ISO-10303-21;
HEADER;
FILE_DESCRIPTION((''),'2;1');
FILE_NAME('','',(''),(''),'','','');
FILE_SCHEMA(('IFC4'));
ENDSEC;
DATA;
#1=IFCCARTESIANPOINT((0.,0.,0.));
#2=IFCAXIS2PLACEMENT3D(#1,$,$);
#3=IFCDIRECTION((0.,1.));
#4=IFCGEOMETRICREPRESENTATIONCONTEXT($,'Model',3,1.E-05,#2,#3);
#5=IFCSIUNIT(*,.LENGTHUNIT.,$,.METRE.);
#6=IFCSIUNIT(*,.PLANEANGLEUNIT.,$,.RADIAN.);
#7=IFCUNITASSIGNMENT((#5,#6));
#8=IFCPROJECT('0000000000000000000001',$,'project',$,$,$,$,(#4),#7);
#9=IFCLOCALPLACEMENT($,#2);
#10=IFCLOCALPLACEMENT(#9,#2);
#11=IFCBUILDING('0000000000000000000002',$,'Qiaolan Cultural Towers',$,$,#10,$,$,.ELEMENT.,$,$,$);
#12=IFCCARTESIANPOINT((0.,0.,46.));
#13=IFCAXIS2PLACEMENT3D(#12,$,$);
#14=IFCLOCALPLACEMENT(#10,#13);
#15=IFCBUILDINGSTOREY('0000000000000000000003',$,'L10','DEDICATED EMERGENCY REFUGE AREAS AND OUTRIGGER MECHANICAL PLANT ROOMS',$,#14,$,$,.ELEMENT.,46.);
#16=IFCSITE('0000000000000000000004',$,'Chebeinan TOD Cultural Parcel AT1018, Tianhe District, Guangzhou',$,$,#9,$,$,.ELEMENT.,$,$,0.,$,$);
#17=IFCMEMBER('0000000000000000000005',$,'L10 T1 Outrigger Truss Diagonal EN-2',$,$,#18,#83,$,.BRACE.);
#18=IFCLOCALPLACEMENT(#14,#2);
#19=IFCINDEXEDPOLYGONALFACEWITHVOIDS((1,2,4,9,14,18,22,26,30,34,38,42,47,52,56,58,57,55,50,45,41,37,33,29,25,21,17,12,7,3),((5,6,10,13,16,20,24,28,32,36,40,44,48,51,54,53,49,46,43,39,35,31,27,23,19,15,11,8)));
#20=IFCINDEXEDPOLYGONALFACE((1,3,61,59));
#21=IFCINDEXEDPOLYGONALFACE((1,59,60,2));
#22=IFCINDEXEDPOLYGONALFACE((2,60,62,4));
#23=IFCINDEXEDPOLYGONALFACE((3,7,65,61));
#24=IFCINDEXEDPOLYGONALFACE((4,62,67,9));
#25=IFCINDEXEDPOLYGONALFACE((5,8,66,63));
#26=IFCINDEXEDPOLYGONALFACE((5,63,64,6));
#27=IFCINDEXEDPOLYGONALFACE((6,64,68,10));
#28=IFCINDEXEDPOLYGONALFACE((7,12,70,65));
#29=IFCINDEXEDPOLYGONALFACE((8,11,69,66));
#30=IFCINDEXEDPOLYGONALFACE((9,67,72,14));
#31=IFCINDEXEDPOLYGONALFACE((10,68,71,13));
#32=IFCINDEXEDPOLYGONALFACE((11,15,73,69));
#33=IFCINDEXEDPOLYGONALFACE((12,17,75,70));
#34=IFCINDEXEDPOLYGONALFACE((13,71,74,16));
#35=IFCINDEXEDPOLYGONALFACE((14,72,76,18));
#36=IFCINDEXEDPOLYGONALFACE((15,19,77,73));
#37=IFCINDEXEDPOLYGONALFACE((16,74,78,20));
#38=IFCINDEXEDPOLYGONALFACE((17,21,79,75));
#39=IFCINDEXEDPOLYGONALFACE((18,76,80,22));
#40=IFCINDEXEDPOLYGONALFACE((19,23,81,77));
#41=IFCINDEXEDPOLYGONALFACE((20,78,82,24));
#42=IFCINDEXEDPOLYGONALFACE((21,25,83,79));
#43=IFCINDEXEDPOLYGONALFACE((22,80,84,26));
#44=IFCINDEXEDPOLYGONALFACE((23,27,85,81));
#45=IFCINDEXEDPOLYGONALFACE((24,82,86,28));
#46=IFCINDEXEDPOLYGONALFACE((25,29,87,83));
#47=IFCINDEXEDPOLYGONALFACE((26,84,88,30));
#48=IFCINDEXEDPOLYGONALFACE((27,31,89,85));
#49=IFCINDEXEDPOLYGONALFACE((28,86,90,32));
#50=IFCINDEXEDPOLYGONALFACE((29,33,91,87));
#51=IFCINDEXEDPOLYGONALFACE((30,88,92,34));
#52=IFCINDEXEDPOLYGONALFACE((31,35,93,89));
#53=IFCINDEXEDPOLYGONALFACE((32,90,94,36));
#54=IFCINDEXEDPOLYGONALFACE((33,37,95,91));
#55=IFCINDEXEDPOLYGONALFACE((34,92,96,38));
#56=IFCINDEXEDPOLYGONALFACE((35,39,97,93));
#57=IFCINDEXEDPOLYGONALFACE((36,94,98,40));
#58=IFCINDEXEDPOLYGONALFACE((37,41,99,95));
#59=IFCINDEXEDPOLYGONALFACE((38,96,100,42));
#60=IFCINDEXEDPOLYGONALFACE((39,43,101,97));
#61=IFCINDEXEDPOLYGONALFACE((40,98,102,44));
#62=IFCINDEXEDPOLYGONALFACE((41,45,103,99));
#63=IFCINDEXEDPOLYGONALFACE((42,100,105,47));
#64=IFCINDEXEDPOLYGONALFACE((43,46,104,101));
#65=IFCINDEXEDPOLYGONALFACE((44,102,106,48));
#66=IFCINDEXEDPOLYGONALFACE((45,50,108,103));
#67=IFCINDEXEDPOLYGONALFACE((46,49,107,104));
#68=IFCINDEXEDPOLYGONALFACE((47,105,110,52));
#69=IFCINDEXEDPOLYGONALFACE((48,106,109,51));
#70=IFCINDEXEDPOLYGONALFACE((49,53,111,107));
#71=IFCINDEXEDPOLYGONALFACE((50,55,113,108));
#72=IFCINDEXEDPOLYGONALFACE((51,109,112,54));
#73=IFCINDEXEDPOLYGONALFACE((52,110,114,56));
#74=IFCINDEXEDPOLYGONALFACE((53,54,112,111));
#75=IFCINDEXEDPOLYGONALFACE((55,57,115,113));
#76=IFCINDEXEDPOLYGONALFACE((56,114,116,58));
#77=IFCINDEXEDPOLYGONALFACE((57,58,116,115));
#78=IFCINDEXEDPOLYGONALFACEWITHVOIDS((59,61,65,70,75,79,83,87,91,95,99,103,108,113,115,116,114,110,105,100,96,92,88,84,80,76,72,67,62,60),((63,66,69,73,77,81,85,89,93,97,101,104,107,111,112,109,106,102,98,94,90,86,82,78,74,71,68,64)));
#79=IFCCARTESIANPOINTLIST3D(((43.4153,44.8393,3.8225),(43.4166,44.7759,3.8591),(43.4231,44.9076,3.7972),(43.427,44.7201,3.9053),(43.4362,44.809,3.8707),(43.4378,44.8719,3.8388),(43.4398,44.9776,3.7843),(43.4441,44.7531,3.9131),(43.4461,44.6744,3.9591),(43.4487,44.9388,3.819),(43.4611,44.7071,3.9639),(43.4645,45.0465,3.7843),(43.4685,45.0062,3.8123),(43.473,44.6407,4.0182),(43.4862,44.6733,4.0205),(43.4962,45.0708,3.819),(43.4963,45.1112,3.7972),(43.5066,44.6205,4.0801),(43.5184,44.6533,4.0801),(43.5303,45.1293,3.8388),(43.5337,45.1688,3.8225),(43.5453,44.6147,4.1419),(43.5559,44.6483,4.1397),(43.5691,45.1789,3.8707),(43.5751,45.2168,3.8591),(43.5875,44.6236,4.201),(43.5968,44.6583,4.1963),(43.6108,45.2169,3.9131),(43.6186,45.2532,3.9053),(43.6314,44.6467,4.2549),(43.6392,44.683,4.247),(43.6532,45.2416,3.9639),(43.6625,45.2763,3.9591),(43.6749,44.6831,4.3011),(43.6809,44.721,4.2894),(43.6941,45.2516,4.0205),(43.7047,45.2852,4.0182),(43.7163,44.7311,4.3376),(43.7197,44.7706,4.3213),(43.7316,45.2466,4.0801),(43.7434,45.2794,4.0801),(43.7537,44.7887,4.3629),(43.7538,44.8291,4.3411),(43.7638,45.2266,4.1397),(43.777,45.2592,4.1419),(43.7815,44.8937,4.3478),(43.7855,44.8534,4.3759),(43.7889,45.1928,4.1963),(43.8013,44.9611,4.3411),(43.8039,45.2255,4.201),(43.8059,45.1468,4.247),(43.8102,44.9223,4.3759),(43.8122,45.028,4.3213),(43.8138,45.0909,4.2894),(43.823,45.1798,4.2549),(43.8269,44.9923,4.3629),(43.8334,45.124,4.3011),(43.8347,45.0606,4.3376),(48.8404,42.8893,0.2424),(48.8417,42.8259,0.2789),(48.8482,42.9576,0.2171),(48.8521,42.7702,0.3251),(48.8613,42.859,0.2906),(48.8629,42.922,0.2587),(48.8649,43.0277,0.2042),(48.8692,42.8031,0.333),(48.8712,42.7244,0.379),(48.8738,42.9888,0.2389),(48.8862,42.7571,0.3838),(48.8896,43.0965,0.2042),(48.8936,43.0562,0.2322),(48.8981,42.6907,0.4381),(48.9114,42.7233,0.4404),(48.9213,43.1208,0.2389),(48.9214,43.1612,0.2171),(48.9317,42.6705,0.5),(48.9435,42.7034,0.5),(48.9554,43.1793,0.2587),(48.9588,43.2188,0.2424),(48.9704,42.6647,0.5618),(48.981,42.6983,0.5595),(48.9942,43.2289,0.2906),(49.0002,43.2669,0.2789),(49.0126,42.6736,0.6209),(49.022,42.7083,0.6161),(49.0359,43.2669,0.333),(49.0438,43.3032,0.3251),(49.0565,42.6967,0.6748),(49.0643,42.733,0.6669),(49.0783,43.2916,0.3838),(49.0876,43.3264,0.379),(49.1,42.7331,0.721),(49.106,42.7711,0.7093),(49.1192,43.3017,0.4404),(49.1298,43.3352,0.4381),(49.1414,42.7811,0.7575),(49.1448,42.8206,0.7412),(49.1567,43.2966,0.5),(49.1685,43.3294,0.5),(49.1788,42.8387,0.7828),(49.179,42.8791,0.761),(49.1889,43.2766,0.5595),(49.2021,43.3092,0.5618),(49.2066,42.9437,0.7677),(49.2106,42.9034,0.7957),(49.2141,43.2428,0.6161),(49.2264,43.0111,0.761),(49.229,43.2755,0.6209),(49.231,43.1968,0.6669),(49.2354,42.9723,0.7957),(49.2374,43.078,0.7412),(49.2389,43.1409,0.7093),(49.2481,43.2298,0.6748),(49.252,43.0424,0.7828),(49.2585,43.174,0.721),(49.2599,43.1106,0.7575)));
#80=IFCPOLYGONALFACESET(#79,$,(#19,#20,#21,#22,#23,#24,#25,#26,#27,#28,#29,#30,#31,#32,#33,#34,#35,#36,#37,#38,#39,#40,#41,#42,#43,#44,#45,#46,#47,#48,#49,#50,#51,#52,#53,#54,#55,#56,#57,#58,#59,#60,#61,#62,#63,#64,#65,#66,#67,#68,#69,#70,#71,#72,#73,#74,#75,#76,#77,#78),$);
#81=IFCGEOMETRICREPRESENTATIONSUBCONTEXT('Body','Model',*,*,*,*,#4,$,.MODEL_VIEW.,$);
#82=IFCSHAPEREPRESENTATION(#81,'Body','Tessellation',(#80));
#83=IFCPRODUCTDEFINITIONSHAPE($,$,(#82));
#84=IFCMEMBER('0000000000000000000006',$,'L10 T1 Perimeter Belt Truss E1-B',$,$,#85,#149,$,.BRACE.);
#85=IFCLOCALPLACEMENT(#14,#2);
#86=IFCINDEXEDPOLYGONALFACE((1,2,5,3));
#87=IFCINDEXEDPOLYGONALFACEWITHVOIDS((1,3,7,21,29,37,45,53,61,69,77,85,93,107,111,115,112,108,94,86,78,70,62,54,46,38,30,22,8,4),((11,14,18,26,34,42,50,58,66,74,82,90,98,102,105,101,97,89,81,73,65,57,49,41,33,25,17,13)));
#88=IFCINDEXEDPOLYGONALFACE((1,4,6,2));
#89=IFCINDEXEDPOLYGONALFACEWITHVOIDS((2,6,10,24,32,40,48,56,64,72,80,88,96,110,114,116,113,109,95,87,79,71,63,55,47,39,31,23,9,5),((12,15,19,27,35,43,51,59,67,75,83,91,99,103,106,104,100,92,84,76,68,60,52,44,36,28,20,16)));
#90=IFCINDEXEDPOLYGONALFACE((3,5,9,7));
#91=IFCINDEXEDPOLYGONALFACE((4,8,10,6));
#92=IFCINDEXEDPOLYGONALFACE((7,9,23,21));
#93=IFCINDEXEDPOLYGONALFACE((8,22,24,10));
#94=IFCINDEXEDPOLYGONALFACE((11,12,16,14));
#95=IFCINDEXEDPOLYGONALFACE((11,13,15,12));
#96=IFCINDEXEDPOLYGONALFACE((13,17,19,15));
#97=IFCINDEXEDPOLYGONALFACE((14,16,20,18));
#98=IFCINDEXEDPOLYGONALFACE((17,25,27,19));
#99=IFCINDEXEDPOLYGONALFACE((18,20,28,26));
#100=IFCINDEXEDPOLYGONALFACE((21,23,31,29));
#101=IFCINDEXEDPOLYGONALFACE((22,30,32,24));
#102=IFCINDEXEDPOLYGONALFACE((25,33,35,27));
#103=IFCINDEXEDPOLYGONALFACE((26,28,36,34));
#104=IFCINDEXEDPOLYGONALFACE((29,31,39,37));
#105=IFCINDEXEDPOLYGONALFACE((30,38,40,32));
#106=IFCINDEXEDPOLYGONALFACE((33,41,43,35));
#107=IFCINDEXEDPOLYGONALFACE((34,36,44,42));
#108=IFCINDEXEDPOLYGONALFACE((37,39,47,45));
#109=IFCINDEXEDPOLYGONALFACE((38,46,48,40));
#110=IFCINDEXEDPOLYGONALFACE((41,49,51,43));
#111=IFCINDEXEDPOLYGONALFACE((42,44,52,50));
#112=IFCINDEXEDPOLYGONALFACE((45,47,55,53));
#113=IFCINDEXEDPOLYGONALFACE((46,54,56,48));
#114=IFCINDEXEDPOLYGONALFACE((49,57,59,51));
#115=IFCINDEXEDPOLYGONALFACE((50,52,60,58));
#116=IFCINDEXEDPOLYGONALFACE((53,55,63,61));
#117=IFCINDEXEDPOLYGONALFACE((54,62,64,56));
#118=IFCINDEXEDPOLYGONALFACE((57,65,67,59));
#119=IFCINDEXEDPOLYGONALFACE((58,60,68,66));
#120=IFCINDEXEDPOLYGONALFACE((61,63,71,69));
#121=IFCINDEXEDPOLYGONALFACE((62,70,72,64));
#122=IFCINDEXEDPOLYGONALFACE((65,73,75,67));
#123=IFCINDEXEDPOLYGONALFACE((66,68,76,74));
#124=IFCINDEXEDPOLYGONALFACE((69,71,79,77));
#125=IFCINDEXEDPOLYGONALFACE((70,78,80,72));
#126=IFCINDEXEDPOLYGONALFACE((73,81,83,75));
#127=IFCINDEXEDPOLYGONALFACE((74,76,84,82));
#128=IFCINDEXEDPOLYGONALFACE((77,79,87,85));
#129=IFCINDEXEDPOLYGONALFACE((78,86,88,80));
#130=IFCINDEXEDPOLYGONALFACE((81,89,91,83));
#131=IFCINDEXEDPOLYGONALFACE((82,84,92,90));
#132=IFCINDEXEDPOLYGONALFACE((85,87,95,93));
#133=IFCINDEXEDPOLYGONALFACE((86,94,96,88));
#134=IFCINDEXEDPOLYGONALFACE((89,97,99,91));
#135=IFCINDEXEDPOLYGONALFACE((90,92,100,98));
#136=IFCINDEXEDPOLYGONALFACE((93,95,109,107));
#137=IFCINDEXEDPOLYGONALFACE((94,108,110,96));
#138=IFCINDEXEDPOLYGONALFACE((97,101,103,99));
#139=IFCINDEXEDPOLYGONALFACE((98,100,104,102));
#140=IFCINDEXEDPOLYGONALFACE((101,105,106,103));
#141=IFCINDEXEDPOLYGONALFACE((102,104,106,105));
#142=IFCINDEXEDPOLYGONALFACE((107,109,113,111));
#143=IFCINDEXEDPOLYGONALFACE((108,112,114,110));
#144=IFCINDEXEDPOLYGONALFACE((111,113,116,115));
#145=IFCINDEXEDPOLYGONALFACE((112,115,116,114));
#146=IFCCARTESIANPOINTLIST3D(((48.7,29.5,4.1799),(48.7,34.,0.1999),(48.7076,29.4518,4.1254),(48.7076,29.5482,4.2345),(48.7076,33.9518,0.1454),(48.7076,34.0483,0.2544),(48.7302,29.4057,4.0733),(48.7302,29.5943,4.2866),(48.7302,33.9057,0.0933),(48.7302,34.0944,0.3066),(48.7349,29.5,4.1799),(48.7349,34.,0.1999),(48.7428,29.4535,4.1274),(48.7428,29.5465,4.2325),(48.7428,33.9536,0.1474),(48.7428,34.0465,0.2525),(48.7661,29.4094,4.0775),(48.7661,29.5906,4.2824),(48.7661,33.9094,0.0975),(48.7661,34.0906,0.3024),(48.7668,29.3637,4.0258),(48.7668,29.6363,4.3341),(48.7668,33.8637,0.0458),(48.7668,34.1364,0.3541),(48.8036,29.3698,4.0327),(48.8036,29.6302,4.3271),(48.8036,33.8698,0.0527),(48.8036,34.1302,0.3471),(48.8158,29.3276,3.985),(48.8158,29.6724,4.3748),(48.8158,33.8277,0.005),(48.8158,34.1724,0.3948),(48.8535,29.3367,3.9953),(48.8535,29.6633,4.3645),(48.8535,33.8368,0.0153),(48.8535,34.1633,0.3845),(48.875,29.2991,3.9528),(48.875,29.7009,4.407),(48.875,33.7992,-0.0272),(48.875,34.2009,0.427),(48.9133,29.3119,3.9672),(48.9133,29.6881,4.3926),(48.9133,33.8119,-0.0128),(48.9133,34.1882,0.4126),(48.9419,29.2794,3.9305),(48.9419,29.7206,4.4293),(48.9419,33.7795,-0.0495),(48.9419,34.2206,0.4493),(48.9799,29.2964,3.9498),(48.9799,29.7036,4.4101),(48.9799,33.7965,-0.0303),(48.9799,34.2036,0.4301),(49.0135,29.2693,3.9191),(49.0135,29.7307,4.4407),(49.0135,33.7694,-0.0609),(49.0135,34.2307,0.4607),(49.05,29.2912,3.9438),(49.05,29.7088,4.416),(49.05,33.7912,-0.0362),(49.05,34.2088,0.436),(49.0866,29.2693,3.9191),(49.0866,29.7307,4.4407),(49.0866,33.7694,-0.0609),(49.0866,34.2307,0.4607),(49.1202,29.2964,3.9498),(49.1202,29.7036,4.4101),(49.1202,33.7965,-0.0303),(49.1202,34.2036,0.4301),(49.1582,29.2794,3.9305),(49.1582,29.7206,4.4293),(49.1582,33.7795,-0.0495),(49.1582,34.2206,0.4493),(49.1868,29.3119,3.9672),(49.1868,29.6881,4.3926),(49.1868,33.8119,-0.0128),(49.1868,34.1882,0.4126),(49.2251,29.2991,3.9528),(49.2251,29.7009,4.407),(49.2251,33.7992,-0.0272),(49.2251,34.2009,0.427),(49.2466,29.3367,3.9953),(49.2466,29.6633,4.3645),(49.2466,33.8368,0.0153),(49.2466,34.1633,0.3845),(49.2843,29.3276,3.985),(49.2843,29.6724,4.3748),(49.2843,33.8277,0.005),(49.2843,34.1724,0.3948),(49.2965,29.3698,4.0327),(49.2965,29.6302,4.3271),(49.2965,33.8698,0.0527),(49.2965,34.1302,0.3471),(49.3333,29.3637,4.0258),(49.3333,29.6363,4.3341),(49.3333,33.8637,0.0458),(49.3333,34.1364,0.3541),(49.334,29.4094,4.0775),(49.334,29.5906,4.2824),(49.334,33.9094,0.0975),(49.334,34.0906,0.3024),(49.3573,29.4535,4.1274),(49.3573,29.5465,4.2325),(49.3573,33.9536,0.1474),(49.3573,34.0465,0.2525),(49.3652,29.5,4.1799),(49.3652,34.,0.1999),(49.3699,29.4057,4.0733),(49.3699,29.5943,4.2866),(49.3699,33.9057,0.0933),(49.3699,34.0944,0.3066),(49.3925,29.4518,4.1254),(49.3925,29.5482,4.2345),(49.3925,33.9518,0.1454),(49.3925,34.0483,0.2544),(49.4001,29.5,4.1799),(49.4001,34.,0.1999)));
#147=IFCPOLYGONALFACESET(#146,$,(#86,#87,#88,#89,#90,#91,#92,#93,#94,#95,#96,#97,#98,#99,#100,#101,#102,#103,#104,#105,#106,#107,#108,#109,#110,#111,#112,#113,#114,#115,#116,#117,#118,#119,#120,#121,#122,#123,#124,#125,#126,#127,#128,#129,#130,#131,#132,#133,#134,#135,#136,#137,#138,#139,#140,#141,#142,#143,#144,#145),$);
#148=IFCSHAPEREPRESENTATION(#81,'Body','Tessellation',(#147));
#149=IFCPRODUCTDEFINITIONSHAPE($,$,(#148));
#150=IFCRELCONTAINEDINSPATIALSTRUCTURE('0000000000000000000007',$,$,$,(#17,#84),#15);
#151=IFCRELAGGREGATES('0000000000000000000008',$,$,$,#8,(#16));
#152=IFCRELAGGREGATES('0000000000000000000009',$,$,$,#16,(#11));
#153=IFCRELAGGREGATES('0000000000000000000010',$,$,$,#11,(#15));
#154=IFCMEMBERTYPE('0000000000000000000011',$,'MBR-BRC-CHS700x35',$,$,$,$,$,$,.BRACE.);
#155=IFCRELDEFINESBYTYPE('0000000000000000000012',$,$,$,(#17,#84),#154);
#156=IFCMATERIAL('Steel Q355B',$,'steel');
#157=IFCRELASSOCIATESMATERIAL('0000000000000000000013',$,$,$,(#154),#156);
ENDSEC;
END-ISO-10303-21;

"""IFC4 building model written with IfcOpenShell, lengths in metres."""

from ifc_helpers import new_model, si_unit, direction, frame, origin, origin_2d, place, context, subcontext, project, spatial, hollow_circle, extrude, material, material_profile, profile_set, type_object, element, save


model = new_model("IFC4")

# Units and contexts
model_context = context("Model", 3, precision=1e-05, world=origin(), true_north=direction((0.0, 1.0)))
body_context = subcontext(model_context, "Body", "Model", "MODEL_VIEW")
ifc_project = project(units=[si_unit("LENGTHUNIT", "METRE"), si_unit("PLANEANGLEUNIT", "RADIAN")], contexts=[model_context])

# Site, building, storey
site_placement = place(None, origin())
site = spatial("IfcSite", under=ifc_project, at=site_placement, Name="Chebeinan TOD Cultural Parcel AT1018, Tianhe District, Guangzhou", CompositionType="ELEMENT", RefElevation=0.0)
building_placement = place(site_placement, origin())
building = spatial("IfcBuilding", under=site, at=building_placement, Name="Qiaolan Cultural Towers", CompositionType="ELEMENT")
storey_placement = place(building_placement, frame((0.0, 0.0, 46.0)))
storey = spatial("IfcBuildingStorey", under=building, at=storey_placement, Name="L10", Description="DEDICATED EMERGENCY REFUGE AREAS AND OUTRIGGER MECHANICAL PLANT ROOMS", CompositionType="ELEMENT", Elevation=46.0)

# Members
ifc_material_1 = material(Name="Steel Q355B", Category="steel")
ifc_material_profile_1 = material_profile(ifc_material_1, hollow_circle(Radius=0.3501, WallThickness=0.0349, at=origin_2d()), Name="CHS700x35")
ifc_profile_set_1 = profile_set([ifc_material_profile_1], Name="Steel Q355B")
member_type_1 = type_object("IfcMemberType", Name="MBR-BRC-CHS700x35", PredefinedType="BRACE", material=ifc_profile_set_1)
member_1_placement = place(storey_placement, frame((43.625, 44.95, 4.0801), z_axis=(0.799442, -0.287347, -0.527565), x_axis=(0.338249, 0.941057, 0.0)))
element("IfcMember", 1, at=member_1_placement, inside=storey, type_object=member_type_1, Name="L10 T1 Outrigger Truss Diagonal EN-2", PredefinedType="BRACE", context=body_context, shape_type="SweptSolid", body=[
    extrude(hollow_circle(Radius=0.3501, WallThickness=0.0349, at=origin_2d()), origin(), (0.0, 0.0, 1.0), 6.7861),
])
for number, where, z_axis, x_axis, name in (
    (2, (49.05, 29.5, 4.1799), (0.0, 0.749062, -0.6625), (-1.0, 0.0, 0.0), "L10 T1 Perimeter Belt Truss E1-B"),
):
    element("IfcMember", number, at=place(storey_placement, frame(where, z_axis=z_axis, x_axis=x_axis)), inside=storey, type_object=member_type_1, Name=name, PredefinedType="BRACE", context=body_context, shape_type="SweptSolid", body=[
        extrude(hollow_circle(Radius=0.3501, WallThickness=0.0349, at=origin_2d()), origin(), (0.0, 0.0, 1.0), 6.0076),
    ])

save(model, "model.ifc")
